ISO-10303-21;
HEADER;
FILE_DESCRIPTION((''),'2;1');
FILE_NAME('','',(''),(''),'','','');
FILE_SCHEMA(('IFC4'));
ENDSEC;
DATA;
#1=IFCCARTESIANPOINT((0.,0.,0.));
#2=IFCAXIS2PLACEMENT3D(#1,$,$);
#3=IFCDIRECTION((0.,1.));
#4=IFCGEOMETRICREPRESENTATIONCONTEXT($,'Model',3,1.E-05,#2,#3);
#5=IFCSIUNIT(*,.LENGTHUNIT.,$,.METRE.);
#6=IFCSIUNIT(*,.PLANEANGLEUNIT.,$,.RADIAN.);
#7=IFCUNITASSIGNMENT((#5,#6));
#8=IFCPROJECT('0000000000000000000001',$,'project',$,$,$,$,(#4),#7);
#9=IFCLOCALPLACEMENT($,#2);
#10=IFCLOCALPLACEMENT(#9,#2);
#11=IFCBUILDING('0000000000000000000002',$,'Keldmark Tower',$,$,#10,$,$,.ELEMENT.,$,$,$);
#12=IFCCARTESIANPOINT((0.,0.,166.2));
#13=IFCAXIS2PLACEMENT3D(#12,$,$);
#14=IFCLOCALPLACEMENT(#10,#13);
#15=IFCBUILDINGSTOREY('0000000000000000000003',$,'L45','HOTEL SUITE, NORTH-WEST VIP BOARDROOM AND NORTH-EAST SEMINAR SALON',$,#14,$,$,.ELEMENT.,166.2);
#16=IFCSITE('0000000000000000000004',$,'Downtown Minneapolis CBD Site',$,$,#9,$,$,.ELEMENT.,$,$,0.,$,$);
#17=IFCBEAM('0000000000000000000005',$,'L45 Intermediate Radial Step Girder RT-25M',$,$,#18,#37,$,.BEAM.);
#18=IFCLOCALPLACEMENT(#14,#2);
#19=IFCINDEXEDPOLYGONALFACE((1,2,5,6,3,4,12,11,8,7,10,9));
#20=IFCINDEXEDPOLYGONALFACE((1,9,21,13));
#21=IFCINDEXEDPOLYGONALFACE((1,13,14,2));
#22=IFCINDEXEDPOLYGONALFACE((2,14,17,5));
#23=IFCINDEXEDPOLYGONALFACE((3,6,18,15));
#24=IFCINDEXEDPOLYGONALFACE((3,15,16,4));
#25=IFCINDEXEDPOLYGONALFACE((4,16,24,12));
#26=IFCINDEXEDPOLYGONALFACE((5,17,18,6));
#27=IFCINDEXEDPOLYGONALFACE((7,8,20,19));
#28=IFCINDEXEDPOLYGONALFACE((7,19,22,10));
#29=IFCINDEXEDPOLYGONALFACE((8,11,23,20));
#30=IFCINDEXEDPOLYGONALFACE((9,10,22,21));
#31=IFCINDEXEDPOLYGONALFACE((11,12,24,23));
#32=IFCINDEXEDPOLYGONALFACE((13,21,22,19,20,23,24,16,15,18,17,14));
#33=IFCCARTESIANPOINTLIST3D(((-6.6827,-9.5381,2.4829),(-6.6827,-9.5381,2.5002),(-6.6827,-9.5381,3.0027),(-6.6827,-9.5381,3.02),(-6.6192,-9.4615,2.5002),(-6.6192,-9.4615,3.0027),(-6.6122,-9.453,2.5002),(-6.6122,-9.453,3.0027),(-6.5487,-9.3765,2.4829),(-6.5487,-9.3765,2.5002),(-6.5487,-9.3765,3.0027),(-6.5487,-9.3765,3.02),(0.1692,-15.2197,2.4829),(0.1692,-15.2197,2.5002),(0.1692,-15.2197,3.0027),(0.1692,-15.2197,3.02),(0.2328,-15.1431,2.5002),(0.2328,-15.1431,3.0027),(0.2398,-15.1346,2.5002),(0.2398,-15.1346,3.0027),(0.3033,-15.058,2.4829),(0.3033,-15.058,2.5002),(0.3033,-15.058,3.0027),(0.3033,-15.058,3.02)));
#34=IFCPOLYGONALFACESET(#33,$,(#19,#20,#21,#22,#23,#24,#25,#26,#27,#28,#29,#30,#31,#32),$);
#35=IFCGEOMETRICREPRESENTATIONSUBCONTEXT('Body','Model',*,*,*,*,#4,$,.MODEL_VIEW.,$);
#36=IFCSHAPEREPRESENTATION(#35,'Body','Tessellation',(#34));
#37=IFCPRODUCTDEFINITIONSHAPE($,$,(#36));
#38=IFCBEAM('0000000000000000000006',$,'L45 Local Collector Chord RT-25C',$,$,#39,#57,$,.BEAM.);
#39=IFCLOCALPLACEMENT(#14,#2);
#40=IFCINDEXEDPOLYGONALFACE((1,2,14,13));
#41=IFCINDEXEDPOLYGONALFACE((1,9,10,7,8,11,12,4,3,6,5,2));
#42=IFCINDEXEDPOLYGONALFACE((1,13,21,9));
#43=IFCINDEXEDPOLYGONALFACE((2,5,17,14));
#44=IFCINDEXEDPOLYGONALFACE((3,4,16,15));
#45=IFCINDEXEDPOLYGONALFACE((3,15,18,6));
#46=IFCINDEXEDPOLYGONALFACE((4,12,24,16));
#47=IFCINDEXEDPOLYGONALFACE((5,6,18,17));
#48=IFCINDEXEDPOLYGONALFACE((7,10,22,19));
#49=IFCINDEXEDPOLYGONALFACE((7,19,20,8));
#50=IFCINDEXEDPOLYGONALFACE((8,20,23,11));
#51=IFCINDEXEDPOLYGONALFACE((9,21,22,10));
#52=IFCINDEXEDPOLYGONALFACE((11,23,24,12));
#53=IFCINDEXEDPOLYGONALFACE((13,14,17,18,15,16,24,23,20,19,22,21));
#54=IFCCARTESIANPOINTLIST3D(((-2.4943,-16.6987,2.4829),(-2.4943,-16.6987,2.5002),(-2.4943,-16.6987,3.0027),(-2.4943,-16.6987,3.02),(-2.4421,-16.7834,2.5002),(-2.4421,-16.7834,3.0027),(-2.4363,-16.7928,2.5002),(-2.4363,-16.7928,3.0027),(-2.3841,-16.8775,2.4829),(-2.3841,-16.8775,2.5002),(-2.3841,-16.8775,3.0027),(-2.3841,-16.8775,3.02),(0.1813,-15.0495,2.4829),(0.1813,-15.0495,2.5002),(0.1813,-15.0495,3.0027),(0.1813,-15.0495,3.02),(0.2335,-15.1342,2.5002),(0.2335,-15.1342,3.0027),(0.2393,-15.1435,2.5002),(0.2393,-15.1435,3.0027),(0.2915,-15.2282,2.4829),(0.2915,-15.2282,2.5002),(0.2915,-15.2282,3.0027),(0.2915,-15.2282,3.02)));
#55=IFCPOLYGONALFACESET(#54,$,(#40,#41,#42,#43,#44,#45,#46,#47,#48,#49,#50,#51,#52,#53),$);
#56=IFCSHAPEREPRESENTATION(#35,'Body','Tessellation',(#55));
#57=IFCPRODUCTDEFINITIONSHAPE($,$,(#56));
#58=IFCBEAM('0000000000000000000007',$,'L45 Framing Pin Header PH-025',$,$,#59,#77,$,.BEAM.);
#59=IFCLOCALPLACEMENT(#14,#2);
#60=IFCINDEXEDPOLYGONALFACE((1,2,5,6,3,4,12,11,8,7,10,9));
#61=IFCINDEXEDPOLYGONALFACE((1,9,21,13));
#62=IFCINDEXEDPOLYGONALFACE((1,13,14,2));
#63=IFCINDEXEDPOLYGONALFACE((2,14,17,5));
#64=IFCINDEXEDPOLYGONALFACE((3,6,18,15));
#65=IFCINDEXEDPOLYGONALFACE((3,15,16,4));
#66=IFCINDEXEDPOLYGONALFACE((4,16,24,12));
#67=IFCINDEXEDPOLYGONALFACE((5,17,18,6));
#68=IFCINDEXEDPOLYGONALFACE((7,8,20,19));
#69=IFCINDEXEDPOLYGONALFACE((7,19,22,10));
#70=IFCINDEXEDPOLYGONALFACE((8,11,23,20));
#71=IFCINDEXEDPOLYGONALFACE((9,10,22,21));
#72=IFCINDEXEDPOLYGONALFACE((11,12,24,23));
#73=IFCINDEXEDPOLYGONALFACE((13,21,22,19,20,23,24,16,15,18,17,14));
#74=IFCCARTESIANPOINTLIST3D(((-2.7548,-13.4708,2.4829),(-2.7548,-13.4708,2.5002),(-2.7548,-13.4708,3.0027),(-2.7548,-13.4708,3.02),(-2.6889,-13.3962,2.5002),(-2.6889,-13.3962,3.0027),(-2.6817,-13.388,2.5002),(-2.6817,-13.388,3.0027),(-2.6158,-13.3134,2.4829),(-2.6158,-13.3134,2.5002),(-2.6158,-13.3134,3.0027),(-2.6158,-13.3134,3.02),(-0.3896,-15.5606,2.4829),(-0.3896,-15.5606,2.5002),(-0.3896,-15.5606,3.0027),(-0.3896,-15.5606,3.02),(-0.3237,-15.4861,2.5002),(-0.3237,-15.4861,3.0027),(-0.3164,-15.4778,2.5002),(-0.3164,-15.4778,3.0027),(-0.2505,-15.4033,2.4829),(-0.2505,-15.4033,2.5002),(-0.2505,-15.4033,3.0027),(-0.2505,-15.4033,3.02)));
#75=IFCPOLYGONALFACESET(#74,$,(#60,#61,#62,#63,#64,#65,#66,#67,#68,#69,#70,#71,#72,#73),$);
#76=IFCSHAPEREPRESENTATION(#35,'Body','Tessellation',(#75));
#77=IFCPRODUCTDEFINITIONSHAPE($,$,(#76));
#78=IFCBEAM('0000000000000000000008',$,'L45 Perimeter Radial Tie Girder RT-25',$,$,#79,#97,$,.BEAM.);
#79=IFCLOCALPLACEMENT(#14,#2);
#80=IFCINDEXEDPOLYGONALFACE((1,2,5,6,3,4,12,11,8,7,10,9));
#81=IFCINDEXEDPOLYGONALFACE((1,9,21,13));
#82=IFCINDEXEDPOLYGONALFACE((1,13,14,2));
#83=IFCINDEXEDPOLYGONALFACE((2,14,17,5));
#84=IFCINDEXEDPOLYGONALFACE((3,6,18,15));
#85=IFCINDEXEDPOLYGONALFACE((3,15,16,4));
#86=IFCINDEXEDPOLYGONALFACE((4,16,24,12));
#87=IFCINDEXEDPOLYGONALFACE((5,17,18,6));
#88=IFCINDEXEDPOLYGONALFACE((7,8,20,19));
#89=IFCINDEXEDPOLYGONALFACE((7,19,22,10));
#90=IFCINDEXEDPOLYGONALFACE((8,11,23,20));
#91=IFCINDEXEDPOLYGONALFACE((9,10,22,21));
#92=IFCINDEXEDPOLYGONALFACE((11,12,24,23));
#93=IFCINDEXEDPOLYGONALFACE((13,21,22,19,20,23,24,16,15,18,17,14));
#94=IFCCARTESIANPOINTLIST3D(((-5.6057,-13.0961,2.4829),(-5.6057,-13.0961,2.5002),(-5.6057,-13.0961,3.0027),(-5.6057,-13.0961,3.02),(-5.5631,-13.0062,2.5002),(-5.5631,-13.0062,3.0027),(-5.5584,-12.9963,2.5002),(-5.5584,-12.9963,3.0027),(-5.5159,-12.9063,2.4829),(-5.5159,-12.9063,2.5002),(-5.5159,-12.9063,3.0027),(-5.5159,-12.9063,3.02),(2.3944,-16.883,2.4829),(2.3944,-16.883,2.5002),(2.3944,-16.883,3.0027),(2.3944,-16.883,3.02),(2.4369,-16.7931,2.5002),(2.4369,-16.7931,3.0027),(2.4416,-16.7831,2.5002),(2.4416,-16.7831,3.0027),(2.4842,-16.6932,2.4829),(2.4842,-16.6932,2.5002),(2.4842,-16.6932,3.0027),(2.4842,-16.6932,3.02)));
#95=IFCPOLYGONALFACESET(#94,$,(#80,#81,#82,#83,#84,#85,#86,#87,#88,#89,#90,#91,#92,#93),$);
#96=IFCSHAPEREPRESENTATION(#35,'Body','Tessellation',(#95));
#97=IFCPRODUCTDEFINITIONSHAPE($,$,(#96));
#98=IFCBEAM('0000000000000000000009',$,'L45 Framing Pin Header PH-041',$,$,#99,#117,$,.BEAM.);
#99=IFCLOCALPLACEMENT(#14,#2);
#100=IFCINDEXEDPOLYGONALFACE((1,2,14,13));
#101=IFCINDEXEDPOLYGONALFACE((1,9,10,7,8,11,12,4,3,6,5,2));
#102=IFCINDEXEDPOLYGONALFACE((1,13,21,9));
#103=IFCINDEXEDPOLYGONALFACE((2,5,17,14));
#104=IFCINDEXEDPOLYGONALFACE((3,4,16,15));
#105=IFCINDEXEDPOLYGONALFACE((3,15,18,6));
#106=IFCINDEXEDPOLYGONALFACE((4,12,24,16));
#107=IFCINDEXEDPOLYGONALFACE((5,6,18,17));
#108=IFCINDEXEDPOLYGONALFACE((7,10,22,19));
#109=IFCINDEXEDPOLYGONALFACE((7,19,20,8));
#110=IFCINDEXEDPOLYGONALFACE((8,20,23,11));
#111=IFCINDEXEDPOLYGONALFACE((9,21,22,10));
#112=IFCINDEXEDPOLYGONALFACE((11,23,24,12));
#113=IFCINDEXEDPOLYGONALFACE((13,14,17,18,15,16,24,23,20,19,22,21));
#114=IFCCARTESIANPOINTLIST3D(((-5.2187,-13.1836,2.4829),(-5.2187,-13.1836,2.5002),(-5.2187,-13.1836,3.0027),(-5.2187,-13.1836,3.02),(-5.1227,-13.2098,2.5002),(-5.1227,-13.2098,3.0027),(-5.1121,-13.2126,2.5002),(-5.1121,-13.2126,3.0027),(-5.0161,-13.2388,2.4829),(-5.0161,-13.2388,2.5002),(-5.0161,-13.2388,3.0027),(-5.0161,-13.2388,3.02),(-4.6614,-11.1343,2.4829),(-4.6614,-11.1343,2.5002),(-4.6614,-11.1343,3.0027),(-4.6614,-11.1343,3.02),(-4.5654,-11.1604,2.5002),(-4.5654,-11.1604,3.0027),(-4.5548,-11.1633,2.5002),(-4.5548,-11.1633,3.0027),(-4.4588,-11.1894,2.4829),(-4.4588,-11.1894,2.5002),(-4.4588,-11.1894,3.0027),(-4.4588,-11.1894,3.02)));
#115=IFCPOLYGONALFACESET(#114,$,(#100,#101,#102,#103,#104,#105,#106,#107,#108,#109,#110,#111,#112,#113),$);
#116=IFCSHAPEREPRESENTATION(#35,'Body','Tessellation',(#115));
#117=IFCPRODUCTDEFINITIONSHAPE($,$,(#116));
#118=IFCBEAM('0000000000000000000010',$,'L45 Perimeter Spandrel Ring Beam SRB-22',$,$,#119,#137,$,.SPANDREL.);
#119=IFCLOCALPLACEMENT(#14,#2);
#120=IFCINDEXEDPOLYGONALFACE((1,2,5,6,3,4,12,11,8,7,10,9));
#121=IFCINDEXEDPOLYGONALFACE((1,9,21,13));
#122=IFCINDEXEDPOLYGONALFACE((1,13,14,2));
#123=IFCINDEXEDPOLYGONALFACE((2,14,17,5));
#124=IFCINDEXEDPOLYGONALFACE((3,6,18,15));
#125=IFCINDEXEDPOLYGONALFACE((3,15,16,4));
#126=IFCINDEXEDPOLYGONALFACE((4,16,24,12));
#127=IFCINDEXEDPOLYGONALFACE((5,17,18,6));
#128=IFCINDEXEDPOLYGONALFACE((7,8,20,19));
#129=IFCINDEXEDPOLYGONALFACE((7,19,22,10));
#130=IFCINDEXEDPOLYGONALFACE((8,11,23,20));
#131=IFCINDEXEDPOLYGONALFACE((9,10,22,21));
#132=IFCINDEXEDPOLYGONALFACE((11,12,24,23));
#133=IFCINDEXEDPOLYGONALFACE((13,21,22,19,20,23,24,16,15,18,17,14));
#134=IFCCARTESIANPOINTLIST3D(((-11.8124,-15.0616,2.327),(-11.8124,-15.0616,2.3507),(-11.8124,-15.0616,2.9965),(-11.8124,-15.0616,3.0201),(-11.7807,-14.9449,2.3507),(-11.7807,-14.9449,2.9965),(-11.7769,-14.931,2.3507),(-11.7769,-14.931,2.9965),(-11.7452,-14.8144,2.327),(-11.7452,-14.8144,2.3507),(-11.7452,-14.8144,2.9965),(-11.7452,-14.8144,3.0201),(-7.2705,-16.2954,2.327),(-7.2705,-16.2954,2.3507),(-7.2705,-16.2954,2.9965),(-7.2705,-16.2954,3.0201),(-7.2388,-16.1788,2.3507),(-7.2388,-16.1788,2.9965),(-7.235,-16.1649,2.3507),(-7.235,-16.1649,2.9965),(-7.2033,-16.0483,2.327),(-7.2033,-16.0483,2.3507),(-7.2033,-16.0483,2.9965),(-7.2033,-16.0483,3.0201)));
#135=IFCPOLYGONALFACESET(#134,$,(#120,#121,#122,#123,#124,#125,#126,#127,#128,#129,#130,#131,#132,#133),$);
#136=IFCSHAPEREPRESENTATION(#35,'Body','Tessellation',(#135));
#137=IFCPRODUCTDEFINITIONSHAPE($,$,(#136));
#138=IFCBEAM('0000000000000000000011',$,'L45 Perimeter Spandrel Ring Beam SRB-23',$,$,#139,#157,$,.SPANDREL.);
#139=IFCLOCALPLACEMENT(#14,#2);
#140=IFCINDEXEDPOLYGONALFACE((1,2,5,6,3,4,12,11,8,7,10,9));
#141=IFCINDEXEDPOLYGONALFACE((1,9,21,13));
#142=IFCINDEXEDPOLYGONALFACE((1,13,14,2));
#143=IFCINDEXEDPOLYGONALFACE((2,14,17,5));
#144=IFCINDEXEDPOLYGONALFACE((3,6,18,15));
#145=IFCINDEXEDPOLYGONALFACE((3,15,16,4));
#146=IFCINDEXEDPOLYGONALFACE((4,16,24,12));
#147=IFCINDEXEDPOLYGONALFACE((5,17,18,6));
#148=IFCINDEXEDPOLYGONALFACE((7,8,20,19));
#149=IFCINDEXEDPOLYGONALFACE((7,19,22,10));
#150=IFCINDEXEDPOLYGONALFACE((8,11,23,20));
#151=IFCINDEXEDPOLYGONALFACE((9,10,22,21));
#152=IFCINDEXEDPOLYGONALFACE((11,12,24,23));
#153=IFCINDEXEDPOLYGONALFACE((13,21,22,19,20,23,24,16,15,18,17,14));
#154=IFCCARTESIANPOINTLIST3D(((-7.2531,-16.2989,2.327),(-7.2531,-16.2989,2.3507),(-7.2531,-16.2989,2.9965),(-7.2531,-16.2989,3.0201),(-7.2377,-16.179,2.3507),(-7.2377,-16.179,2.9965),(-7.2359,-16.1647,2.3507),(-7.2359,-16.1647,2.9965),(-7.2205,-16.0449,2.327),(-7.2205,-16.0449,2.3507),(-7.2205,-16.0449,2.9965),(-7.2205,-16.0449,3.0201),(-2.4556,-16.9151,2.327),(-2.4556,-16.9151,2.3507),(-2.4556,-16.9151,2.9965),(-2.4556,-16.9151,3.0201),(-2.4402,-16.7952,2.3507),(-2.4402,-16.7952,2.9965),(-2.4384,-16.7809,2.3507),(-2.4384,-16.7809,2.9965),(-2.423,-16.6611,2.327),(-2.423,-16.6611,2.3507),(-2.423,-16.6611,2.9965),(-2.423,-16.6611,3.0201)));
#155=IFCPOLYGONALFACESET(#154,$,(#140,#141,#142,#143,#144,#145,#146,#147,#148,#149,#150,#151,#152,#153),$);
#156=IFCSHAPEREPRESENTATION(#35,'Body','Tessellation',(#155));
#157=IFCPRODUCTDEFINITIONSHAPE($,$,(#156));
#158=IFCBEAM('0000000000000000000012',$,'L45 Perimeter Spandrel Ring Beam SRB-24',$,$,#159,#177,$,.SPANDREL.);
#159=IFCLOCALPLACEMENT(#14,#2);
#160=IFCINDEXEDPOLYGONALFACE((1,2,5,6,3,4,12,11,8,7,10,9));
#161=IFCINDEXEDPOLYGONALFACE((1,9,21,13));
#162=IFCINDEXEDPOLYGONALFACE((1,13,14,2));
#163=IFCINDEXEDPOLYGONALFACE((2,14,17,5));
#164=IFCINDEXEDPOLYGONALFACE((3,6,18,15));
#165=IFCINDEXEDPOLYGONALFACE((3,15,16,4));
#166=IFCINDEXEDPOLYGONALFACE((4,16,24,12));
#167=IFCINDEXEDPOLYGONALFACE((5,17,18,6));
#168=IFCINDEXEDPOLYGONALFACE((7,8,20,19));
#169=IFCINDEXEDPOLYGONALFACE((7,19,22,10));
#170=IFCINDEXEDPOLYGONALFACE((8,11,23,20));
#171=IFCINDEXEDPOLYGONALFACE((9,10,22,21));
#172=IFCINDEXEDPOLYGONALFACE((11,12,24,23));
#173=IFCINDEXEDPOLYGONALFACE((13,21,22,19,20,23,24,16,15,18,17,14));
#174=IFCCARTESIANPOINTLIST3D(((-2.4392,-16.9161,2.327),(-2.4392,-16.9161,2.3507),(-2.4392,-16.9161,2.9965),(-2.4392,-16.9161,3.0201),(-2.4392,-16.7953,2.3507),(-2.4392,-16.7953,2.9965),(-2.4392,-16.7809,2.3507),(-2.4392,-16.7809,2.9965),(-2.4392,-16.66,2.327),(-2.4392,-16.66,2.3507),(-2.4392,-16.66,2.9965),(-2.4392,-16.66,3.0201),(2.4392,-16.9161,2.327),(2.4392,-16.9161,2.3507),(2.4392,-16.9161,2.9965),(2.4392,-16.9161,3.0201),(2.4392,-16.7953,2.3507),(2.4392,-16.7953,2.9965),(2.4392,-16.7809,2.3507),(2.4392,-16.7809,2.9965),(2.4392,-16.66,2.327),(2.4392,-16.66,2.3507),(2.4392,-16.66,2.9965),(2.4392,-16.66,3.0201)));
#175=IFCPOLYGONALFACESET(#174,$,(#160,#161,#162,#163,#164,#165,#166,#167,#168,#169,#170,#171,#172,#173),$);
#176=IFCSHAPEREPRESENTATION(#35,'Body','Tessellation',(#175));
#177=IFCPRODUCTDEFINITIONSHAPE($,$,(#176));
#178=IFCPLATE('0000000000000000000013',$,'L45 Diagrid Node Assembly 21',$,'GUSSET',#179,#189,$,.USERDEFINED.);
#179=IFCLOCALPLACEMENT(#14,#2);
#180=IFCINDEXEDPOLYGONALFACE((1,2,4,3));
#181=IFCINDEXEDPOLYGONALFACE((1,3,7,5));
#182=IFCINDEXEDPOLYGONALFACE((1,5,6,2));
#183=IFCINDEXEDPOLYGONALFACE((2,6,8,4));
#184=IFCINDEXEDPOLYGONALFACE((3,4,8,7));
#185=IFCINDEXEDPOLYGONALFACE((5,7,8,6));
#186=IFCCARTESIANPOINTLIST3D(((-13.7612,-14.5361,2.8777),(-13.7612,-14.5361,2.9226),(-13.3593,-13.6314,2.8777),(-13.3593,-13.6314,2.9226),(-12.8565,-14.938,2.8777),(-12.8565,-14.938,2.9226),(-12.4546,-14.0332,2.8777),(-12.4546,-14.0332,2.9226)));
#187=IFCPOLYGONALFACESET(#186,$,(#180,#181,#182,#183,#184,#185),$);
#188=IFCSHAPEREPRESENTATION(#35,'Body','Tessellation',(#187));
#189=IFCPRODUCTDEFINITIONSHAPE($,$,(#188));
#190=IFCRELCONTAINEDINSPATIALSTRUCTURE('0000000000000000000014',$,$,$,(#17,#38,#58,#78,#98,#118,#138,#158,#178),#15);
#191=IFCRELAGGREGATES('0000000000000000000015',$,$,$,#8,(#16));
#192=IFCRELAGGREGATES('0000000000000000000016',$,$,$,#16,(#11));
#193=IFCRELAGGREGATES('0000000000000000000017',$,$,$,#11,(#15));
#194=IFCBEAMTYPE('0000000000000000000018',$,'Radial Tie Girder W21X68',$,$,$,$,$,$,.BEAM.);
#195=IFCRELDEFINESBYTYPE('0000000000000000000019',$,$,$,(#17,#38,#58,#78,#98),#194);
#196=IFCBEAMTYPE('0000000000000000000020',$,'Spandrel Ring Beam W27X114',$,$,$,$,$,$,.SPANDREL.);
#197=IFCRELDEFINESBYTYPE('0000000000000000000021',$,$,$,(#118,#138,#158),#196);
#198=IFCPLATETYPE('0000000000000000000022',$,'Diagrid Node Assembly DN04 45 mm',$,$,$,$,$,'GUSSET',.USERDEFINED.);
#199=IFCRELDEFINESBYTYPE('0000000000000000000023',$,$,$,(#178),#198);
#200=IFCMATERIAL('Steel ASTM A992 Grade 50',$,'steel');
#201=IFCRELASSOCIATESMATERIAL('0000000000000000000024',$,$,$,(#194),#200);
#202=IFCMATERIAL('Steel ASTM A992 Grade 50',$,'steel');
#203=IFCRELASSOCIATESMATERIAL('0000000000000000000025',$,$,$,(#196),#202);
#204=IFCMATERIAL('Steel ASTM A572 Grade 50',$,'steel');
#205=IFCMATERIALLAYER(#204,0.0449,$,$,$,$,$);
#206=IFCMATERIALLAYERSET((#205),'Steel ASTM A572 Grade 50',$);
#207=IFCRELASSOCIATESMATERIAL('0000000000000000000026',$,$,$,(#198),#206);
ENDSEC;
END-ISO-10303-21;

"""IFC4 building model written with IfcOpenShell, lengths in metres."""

from ifc_helpers import new_model, si_unit, direction, frame, origin, origin_2d, place, context, subcontext, project, spatial, rectangle, i_section, extrude, material, layer, layer_set, material_profile, profile_set, type_object, element, save


model = new_model("IFC4")

# Units and contexts
model_context = context("Model", 3, precision=1e-05, world=origin(), true_north=direction((0.0, 1.0)))
body_context = subcontext(model_context, "Body", "Model", "MODEL_VIEW")
ifc_project = project(units=[si_unit("LENGTHUNIT", "METRE"), si_unit("PLANEANGLEUNIT", "RADIAN")], contexts=[model_context])

# Site, building, storey
site_placement = place(None, origin())
site = spatial("IfcSite", under=ifc_project, at=site_placement, Name="Downtown Minneapolis CBD Site", CompositionType="ELEMENT", RefElevation=0.0)
building_placement = place(site_placement, origin())
building = spatial("IfcBuilding", under=site, at=building_placement, Name="Keldmark Tower", CompositionType="ELEMENT")
storey_placement = place(building_placement, frame((0.0, 0.0, 166.2)))
storey = spatial("IfcBuildingStorey", under=building, at=storey_placement, Name="L45", Description="HOTEL SUITE, NORTH-WEST VIP BOARDROOM AND NORTH-EAST SEMINAR SALON", CompositionType="ELEMENT", Elevation=166.2)

# Beams
ifc_material_1 = material(Name="Steel ASTM A992 Grade 50", Category="steel")
ifc_material_profile_1 = material_profile(ifc_material_1, i_section(OverallWidth=0.21, OverallDepth=0.5371, WebThickness=0.011, FlangeThickness=0.0173, at=origin_2d()), Name="W21X68")
ifc_profile_set_1 = profile_set([ifc_material_profile_1], Name="Steel ASTM A992 Grade 50")
beam_type_1 = type_object("IfcBeamType", Name="Radial Tie Girder W21X68", PredefinedType="BEAM", material=ifc_profile_set_1)
beam_1_placement = place(storey_placement, frame((-6.6157, -9.4573, 2.7515), z_axis=(0.769788, -0.638299, 0.0), x_axis=(0.638299, 0.769788, 0.0)))
element("IfcBeam", 1, at=beam_1_placement, inside=storey, type_object=beam_type_1, Name="L45 Intermediate Radial Step Girder RT-25M", PredefinedType="BEAM", context=body_context, shape_type="SweptSolid", body=[
    extrude(i_section(OverallWidth=0.21, OverallDepth=0.5371, WebThickness=0.011, FlangeThickness=0.0173, at=origin_2d()), origin(), (0.0, 0.0, 1.0), 8.9011),
])
beam_2_placement = place(storey_placement, frame((-2.4392, -16.7881, 2.7515), z_axis=(0.851277, 0.524717, 0.0), x_axis=(-0.524717, 0.851277, 0.0)))
element("IfcBeam", 2, at=beam_2_placement, inside=storey, type_object=beam_type_1, Name="L45 Local Collector Chord RT-25C", PredefinedType="BEAM", context=body_context, shape_type="SweptSolid", body=[
    extrude(i_section(OverallWidth=0.21, OverallDepth=0.5371, WebThickness=0.011, FlangeThickness=0.0173, at=origin_2d()), origin(), (0.0, 0.0, 1.0), 3.1431),
])
beam_3_placement = place(storey_placement, frame((-2.6853, -13.3921, 2.7515), z_axis=(0.749386, -0.662133, 0.0), x_axis=(0.662133, 0.749386, 0.0)))
element("IfcBeam", 3, at=beam_3_placement, inside=storey, type_object=beam_type_1, Name="L45 Framing Pin Header PH-025", PredefinedType="BEAM", context=body_context, shape_type="SweptSolid", body=[
    extrude(i_section(OverallWidth=0.21, OverallDepth=0.5371, WebThickness=0.011, FlangeThickness=0.0173, at=origin_2d()), origin(), (0.0, 0.0, 1.0), 3.1562),
])
beam_4_placement = place(storey_placement, frame((-5.5608, -13.0012, 2.7515), z_axis=(0.903852, -0.427846, 0.0), x_axis=(0.427846, 0.903852, 0.0)))
element("IfcBeam", 4, at=beam_4_placement, inside=storey, type_object=beam_type_1, Name="L45 Perimeter Radial Tie Girder RT-25", PredefinedType="BEAM", context=body_context, shape_type="SweptSolid", body=[
    extrude(i_section(OverallWidth=0.21, OverallDepth=0.5371, WebThickness=0.011, FlangeThickness=0.0173, at=origin_2d()), origin(), (0.0, 0.0, 1.0), 8.8511),
])
beam_5_placement = place(storey_placement, frame((-4.5601, -11.1619, 2.7515), z_axis=(-0.262446, -0.964947, 0.0), x_axis=(0.964947, -0.262446, 0.0)))
element("IfcBeam", 5, at=beam_5_placement, inside=storey, type_object=beam_type_1, Name="L45 Framing Pin Header PH-041", PredefinedType="BEAM", context=body_context, shape_type="SweptSolid", body=[
    extrude(i_section(OverallWidth=0.21, OverallDepth=0.5371, WebThickness=0.011, FlangeThickness=0.0173, at=origin_2d()), origin(), (0.0, 0.0, 1.0), 2.1238),
])
ifc_material_2 = material(Name="Steel ASTM A992 Grade 50", Category="steel")
ifc_material_profile_2 = material_profile(ifc_material_2, i_section(OverallWidth=0.2561, OverallDepth=0.6931, WebThickness=0.0144, FlangeThickness=0.0237, at=origin_2d()), Name="W27X114")
ifc_profile_set_2 = profile_set([ifc_material_profile_2], Name="Steel ASTM A992 Grade 50")
beam_type_2 = type_object("IfcBeamType", Name="Spandrel Ring Beam W27X114", PredefinedType="SPANDREL", material=ifc_profile_set_2)
beam_6_placement = place(storey_placement, frame((-11.7788, -14.938, 2.6736), z_axis=(0.965024, -0.26216, 0.0), x_axis=(0.26216, 0.965024, 0.0)))
element("IfcBeam", 6, at=beam_6_placement, inside=storey, type_object=beam_type_2, Name="L45 Perimeter Spandrel Ring Beam SRB-22", PredefinedType="SPANDREL", context=body_context, shape_type="SweptSolid", body=[
    extrude(i_section(OverallWidth=0.2561, OverallDepth=0.6931, WebThickness=0.0144, FlangeThickness=0.0237, at=origin_2d()), origin(), (0.0, 0.0, 1.0), 4.7065),
])
beam_7_placement = place(storey_placement, frame((-7.2368, -16.1719, 2.6736), z_axis=(0.991852, -0.127395, 0.0), x_axis=(0.127395, 0.991852, 0.0)))
element("IfcBeam", 7, at=beam_7_placement, inside=storey, type_object=beam_type_2, Name="L45 Perimeter Spandrel Ring Beam SRB-23", PredefinedType="SPANDREL", context=body_context, shape_type="SweptSolid", body=[
    extrude(i_section(OverallWidth=0.2561, OverallDepth=0.6931, WebThickness=0.0144, FlangeThickness=0.0237, at=origin_2d()), origin(), (0.0, 0.0, 1.0), 4.8369),
])
beam_8_placement = place(storey_placement, frame((-2.4392, -16.7881, 2.6736), z_axis=(1.0, 0.0, 0.0), x_axis=(0.0, 1.0, 0.0)))
element("IfcBeam", 8, at=beam_8_placement, inside=storey, type_object=beam_type_2, Name="L45 Perimeter Spandrel Ring Beam SRB-24", PredefinedType="SPANDREL", context=body_context, shape_type="SweptSolid", body=[
    extrude(i_section(OverallWidth=0.2561, OverallDepth=0.6931, WebThickness=0.0144, FlangeThickness=0.0237, at=origin_2d()), origin(), (0.0, 0.0, 1.0), 4.8784),
])

# Plate
ifc_material_3 = material(Name="Steel ASTM A572 Grade 50", Category="steel")
ifc_layer_1 = layer(ifc_material_3, 0.0449)
ifc_layer_set_1 = layer_set([ifc_layer_1], Name="Steel ASTM A572 Grade 50")
plate_type = type_object("IfcPlateType", Name="Diagrid Node Assembly DN04 45 mm", ElementType="GUSSET", PredefinedType="USERDEFINED", material=ifc_layer_set_1)
for number, where, z_axis, x_axis, name in (
    (9, (-13.1079, -14.2847, 2.8777), (0.0, 0.0, 1.0), (0.9139, -0.405939, 0.0), "L45 Diagrid Node Assembly 21"),
):
    element("IfcPlate", number, at=place(storey_placement, frame(where, z_axis=z_axis, x_axis=x_axis)), inside=storey, type_object=plate_type, Name=name, ObjectType="GUSSET", PredefinedType="USERDEFINED", context=body_context, shape_type="SweptSolid", body=[
        extrude(rectangle(XDim=0.99, YDim=0.99, at=origin_2d()), origin(), (0.0, 0.0, 1.0), 0.0449),
    ])

save(model, "model.ifc")
